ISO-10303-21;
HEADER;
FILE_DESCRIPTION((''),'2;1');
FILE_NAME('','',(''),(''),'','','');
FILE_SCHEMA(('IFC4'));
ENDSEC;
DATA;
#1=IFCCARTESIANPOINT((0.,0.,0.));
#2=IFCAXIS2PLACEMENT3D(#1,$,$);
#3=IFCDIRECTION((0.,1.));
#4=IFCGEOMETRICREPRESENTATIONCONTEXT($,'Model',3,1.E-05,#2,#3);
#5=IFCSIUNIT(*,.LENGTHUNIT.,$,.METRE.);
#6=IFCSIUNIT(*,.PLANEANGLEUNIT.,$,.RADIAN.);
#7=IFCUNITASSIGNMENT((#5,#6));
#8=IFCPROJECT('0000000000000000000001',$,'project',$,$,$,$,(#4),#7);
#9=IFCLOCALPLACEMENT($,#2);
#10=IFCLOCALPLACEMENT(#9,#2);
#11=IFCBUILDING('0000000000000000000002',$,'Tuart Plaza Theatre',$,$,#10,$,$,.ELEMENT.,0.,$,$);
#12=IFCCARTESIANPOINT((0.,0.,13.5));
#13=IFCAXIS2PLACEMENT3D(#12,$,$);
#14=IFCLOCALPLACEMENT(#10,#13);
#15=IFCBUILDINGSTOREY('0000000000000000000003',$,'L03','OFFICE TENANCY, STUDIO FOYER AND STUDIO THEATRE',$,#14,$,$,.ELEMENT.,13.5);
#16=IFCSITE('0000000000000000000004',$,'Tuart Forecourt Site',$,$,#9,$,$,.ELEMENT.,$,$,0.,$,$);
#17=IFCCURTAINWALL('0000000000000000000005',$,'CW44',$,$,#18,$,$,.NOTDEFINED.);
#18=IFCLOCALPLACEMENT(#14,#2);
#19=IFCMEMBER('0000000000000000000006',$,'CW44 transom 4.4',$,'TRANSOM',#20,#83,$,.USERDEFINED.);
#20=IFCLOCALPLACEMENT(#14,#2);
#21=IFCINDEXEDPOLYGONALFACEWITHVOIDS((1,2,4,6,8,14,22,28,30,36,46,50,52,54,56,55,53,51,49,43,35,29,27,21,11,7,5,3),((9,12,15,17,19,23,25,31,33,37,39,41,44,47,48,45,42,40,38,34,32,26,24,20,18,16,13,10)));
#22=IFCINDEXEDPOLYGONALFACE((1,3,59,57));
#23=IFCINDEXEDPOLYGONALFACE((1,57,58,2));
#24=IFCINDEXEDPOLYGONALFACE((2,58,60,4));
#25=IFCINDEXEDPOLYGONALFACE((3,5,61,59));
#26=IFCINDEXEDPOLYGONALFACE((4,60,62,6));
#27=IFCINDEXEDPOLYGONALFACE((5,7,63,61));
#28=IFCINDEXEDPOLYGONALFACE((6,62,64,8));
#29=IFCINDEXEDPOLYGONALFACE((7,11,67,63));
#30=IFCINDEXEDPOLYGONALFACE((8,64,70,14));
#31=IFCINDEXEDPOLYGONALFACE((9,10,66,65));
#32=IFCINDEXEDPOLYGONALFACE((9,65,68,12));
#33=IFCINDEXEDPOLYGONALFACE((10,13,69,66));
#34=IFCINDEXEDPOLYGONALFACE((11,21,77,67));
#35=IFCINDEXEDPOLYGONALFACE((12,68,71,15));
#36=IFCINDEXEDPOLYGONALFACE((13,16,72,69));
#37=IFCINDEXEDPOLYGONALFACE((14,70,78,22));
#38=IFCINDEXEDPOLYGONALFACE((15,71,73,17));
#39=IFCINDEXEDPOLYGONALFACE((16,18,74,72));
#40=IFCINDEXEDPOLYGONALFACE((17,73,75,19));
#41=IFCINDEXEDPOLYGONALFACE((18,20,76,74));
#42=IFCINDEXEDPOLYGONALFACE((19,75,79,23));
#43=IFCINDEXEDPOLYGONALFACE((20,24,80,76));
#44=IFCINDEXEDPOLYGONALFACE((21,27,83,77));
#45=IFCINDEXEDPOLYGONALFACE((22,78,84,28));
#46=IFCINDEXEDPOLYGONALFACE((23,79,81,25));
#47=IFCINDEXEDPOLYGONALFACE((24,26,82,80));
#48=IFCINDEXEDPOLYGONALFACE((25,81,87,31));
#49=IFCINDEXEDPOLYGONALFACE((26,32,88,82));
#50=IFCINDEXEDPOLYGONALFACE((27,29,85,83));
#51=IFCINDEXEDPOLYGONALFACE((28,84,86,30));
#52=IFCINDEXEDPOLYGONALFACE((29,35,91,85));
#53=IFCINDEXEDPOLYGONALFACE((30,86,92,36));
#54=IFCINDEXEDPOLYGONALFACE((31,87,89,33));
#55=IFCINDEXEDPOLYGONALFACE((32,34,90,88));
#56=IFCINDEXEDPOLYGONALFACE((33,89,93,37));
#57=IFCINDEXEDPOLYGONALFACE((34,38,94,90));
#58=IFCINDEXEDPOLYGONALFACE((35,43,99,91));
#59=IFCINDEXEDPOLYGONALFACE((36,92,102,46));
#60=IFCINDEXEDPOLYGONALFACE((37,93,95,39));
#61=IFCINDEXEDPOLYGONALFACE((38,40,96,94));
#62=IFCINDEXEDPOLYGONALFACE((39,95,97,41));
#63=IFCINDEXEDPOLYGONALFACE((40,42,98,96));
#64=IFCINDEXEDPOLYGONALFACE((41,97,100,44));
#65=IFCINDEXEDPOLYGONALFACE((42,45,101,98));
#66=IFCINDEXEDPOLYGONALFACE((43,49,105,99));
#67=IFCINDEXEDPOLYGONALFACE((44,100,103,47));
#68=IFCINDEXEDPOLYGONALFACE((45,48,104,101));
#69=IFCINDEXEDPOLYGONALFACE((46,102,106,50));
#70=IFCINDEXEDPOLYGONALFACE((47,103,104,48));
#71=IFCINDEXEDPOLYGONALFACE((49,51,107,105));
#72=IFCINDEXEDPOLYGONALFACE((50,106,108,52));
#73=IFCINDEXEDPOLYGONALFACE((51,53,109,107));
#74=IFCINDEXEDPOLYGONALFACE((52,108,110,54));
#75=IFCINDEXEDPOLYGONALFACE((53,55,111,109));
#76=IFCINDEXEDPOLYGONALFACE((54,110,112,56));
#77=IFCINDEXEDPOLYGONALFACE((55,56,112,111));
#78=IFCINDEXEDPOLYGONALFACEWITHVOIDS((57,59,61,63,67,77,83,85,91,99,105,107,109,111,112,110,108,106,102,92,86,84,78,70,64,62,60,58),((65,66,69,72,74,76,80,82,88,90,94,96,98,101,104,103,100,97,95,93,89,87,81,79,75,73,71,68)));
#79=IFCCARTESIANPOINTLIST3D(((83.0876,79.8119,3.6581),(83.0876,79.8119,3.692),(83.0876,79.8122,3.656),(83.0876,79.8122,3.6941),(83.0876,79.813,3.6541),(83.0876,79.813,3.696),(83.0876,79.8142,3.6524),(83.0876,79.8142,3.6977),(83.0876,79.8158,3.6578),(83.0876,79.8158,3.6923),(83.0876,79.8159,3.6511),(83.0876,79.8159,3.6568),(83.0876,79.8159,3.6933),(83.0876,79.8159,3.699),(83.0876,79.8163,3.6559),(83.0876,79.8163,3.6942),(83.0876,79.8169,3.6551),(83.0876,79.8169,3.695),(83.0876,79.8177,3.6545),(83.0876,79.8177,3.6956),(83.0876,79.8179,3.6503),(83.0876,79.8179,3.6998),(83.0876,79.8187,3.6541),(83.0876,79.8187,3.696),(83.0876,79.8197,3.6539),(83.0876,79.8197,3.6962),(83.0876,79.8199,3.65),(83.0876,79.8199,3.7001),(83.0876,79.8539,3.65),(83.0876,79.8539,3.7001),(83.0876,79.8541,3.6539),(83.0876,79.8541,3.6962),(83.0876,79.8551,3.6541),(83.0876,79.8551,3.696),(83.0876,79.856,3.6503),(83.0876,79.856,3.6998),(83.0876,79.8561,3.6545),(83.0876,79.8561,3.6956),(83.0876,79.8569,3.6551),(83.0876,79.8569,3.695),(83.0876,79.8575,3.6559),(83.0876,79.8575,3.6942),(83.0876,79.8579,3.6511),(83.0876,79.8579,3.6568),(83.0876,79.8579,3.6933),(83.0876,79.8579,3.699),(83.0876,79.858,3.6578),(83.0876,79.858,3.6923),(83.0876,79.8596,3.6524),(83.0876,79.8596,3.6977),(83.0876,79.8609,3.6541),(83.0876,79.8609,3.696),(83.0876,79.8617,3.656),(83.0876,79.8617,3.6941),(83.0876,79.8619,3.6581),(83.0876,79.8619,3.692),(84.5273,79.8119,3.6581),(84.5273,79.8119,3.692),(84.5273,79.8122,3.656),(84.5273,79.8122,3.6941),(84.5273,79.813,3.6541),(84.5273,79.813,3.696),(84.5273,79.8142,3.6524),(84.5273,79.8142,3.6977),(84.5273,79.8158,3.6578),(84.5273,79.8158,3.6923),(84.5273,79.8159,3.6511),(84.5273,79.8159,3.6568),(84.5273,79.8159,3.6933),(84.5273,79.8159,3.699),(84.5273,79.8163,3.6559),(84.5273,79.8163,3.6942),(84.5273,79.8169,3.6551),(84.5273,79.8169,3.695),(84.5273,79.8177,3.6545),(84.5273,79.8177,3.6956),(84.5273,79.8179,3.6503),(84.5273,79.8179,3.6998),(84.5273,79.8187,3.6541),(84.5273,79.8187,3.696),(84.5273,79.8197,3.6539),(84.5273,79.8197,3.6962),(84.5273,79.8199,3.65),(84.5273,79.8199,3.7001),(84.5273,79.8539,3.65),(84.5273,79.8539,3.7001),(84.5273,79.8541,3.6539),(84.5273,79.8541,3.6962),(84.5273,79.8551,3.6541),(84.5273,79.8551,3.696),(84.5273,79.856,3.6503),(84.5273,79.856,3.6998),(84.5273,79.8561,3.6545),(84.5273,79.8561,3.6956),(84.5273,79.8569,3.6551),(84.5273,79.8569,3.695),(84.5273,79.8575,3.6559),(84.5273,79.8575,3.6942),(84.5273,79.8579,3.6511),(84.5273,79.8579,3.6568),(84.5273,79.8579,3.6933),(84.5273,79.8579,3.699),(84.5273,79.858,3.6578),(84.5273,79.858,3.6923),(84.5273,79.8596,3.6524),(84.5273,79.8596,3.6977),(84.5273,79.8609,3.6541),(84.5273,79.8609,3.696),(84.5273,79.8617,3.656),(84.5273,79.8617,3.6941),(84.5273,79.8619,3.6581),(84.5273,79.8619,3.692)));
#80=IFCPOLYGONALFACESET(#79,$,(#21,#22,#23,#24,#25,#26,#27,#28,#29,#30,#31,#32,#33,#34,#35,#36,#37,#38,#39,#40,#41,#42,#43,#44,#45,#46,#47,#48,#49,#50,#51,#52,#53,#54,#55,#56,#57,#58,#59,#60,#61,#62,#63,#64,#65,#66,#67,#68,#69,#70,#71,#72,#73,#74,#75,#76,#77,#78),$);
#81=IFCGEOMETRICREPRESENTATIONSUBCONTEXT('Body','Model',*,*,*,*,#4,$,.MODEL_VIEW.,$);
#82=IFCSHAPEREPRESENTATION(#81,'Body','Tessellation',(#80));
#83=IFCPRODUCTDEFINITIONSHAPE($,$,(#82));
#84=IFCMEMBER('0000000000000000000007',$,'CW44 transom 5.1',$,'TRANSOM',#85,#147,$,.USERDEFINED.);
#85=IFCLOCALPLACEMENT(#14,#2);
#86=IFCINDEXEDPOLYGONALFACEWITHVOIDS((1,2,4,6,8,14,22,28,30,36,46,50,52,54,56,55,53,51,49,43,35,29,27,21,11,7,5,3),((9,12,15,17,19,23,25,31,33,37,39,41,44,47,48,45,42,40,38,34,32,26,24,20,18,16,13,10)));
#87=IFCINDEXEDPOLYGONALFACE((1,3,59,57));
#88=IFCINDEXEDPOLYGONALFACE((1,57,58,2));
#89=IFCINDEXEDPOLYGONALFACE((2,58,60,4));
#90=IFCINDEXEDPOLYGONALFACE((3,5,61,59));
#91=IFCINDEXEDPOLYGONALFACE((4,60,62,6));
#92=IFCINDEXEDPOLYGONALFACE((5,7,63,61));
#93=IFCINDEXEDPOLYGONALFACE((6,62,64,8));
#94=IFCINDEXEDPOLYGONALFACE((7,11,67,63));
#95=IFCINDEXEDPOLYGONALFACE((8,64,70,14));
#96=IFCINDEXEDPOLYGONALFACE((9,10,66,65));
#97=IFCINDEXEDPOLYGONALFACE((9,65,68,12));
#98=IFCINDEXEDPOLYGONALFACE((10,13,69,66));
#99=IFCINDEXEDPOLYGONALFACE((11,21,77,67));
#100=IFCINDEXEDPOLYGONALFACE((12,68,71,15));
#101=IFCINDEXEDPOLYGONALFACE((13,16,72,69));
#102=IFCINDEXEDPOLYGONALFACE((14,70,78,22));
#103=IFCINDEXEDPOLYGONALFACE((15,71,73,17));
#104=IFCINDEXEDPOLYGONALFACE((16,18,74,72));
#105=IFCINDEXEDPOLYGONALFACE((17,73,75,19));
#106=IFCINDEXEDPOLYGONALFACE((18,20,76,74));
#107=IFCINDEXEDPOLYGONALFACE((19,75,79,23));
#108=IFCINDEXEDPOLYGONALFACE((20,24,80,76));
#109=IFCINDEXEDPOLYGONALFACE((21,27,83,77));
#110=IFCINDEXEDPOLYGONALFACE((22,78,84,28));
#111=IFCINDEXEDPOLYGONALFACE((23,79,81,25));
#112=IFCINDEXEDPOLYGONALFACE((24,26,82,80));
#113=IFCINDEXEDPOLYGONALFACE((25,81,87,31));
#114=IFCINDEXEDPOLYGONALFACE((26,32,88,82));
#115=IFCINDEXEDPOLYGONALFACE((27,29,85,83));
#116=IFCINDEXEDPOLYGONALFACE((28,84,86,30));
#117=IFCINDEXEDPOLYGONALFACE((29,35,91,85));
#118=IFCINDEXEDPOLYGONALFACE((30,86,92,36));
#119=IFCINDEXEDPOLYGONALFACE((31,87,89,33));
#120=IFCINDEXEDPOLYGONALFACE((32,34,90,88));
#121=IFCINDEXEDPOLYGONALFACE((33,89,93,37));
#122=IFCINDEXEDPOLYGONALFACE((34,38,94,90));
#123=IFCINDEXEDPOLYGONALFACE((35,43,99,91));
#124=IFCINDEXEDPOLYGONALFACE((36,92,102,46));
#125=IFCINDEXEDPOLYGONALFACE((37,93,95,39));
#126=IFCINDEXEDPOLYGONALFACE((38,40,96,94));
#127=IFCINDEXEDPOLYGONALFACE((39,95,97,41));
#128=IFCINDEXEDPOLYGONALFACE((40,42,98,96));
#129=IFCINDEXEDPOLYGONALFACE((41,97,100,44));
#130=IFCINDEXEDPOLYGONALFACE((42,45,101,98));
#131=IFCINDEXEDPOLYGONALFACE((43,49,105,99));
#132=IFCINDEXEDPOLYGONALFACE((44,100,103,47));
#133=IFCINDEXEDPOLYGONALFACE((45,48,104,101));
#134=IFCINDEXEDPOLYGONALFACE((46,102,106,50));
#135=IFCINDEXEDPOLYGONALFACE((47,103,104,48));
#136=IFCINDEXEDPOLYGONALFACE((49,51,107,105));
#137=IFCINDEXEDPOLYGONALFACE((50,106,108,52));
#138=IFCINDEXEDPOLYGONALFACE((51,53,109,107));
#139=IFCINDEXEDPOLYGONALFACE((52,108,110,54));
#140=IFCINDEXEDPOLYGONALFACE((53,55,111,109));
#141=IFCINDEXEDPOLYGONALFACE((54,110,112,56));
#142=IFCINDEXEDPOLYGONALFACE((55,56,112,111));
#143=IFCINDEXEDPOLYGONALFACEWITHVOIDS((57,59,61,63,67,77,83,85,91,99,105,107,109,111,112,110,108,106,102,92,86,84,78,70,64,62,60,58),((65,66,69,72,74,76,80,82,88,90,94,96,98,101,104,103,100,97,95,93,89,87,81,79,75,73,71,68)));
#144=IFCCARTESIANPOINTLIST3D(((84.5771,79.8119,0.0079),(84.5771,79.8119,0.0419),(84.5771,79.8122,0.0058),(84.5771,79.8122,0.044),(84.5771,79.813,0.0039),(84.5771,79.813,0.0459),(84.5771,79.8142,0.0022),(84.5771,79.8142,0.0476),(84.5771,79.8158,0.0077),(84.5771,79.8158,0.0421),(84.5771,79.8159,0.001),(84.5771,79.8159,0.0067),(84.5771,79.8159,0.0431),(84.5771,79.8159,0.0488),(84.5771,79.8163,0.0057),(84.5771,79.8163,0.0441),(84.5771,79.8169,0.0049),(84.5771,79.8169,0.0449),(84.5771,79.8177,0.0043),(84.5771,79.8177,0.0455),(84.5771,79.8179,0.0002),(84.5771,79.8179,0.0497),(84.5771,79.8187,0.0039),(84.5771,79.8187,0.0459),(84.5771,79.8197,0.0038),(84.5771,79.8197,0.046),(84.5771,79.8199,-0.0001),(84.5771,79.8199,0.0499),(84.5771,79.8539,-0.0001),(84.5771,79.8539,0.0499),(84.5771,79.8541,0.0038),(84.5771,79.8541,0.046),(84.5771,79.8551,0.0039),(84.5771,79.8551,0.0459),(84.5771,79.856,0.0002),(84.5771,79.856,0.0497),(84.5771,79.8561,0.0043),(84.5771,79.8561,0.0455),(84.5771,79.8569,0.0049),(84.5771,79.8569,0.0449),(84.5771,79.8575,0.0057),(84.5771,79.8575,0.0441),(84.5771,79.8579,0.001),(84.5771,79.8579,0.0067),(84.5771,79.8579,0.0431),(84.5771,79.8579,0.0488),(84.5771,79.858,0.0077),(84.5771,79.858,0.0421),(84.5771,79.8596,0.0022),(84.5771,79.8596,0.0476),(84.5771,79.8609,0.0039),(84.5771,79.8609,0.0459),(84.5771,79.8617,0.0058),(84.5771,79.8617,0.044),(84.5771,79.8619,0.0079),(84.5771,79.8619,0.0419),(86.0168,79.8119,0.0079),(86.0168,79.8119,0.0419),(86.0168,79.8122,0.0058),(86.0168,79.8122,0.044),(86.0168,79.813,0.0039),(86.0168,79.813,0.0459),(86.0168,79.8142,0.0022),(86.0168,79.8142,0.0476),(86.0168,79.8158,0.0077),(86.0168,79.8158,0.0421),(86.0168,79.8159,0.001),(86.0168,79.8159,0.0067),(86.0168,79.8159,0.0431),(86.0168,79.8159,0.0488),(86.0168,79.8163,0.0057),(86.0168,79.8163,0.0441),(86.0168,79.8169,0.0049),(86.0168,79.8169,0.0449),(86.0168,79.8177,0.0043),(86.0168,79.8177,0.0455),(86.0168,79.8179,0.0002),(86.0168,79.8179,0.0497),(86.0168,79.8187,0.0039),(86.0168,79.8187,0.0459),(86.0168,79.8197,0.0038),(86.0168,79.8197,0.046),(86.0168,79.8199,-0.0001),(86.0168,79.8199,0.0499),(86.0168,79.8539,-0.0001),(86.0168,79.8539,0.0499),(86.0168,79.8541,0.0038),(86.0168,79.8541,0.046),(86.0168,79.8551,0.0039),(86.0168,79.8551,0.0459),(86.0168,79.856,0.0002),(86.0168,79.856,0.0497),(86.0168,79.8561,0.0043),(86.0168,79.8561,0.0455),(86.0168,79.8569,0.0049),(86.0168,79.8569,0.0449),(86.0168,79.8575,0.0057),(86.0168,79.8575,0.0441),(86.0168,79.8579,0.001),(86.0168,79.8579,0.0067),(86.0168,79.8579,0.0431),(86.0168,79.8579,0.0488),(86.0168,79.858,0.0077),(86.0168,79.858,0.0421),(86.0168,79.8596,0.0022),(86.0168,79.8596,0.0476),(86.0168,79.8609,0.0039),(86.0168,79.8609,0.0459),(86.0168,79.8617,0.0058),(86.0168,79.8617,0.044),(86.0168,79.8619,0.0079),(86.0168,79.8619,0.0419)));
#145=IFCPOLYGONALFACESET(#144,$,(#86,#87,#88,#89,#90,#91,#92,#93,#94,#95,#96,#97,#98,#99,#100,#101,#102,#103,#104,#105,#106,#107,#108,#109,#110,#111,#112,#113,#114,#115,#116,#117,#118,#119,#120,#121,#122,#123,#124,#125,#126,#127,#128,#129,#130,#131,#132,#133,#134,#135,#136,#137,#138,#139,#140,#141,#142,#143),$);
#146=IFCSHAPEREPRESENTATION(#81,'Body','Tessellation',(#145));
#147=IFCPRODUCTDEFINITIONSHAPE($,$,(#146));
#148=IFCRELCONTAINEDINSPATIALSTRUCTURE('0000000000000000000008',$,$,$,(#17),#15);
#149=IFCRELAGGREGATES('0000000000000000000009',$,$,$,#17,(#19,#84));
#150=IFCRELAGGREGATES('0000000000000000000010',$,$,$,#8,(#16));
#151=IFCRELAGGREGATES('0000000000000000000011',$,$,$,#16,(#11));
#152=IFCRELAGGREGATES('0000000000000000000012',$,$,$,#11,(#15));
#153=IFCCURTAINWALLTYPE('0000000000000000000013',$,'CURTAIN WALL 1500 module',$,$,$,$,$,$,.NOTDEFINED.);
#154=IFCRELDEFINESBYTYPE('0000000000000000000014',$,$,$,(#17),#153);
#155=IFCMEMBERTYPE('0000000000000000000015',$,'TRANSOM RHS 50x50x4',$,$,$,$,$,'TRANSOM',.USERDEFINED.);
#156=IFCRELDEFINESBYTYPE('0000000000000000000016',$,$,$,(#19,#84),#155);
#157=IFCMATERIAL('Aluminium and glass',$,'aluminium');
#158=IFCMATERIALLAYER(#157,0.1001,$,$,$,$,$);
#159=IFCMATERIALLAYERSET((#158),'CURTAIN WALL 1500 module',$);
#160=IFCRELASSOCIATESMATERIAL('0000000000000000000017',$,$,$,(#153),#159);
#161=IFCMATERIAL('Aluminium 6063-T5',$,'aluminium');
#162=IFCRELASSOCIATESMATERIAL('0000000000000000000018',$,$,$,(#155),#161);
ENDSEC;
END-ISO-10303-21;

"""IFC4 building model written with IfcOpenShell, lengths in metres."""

from ifc_helpers import new_model, si_unit, direction, frame, origin, origin_2d, place, context, subcontext, project, spatial, hollow_rectangle, extrude, material, layer, layer_set, material_profile, profile_set, type_object, element, aggregate, save


model = new_model("IFC4")

# Units and contexts
model_context = context("Model", 3, precision=1e-05, world=origin(), true_north=direction((0.0, 1.0)))
body_context = subcontext(model_context, "Body", "Model", "MODEL_VIEW")
ifc_project = project(units=[si_unit("LENGTHUNIT", "METRE"), si_unit("PLANEANGLEUNIT", "RADIAN")], contexts=[model_context])

# Site, building, storey
site_placement = place(None, origin())
site = spatial("IfcSite", under=ifc_project, at=site_placement, Name="Tuart Forecourt Site", CompositionType="ELEMENT", RefElevation=0.0)
building_placement = place(site_placement, origin())
building = spatial("IfcBuilding", under=site, at=building_placement, Name="Tuart Plaza Theatre", CompositionType="ELEMENT", ElevationOfRefHeight=0.0)
storey_placement = place(building_placement, frame((0.0, 0.0, 13.5)))
storey = spatial("IfcBuildingStorey", under=building, at=storey_placement, Name="L03", Description="OFFICE TENANCY, STUDIO FOYER AND STUDIO THEATRE", CompositionType="ELEMENT", Elevation=13.5)

# Curtain wall, members
ifc_material_1 = material(Name="Aluminium and glass", Category="aluminium")
ifc_layer_1 = layer(ifc_material_1, 0.1001)
ifc_layer_set_1 = layer_set([ifc_layer_1], Name="CURTAIN WALL 1500 module")
curtain_wall_type = type_object("IfcCurtainWallType", Name="CURTAIN WALL 1500 module", PredefinedType="NOTDEFINED", material=ifc_layer_set_1)
curtain_wall_placement = place(storey_placement, origin())
curtain_wall = element("IfcCurtainWall", 1, at=curtain_wall_placement, inside=storey, type_object=curtain_wall_type, Name="CW44", PredefinedType="NOTDEFINED")
ifc_material_2 = material(Name="Aluminium 6063-T5", Category="aluminium")
ifc_material_profile_1 = material_profile(ifc_material_2, hollow_rectangle(XDim=0.05, YDim=0.05, WallThickness=0.0039, InnerFilletRadius=0.0039, OuterFilletRadius=0.0081, at=origin_2d()), Name="RHS 50x50x4")
ifc_profile_set_1 = profile_set([ifc_material_profile_1], Name="Aluminium 6063-T5")
member_type_1 = type_object("IfcMemberType", Name="TRANSOM RHS 50x50x4", ElementType="TRANSOM", PredefinedType="USERDEFINED", material=ifc_profile_set_1)
member_1_placement = place(storey_placement, frame((83.0876, 79.8369, 3.675), z_axis=(1.0, 0.0, 0.0), x_axis=(0.0, 1.0, 0.0)))
member_1 = element("IfcMember", 2, at=member_1_placement, type_object=member_type_1, Name="CW44 transom 4.4", ObjectType="TRANSOM", PredefinedType="USERDEFINED", context=body_context, shape_type="SweptSolid", body=[
    extrude(hollow_rectangle(XDim=0.05, YDim=0.05, WallThickness=0.0039, InnerFilletRadius=0.0039, OuterFilletRadius=0.0081, at=origin_2d()), origin(), (0.0, 0.0, 1.0), 1.4397),
])
member_2_placement = place(storey_placement, frame((84.5771, 79.8369, 0.0249), z_axis=(1.0, 0.0, 0.0), x_axis=(0.0, 1.0, 0.0)))
member_2 = element("IfcMember", 3, at=member_2_placement, type_object=member_type_1, Name="CW44 transom 5.1", ObjectType="TRANSOM", PredefinedType="USERDEFINED", context=body_context, shape_type="SweptSolid", body=[
    extrude(hollow_rectangle(XDim=0.05, YDim=0.05, WallThickness=0.0039, InnerFilletRadius=0.0039, OuterFilletRadius=0.0081, at=origin_2d()), origin(), (0.0, 0.0, 1.0), 1.4397),
])
aggregate(curtain_wall, [member_1, member_2])

save(model, "model.ifc")
